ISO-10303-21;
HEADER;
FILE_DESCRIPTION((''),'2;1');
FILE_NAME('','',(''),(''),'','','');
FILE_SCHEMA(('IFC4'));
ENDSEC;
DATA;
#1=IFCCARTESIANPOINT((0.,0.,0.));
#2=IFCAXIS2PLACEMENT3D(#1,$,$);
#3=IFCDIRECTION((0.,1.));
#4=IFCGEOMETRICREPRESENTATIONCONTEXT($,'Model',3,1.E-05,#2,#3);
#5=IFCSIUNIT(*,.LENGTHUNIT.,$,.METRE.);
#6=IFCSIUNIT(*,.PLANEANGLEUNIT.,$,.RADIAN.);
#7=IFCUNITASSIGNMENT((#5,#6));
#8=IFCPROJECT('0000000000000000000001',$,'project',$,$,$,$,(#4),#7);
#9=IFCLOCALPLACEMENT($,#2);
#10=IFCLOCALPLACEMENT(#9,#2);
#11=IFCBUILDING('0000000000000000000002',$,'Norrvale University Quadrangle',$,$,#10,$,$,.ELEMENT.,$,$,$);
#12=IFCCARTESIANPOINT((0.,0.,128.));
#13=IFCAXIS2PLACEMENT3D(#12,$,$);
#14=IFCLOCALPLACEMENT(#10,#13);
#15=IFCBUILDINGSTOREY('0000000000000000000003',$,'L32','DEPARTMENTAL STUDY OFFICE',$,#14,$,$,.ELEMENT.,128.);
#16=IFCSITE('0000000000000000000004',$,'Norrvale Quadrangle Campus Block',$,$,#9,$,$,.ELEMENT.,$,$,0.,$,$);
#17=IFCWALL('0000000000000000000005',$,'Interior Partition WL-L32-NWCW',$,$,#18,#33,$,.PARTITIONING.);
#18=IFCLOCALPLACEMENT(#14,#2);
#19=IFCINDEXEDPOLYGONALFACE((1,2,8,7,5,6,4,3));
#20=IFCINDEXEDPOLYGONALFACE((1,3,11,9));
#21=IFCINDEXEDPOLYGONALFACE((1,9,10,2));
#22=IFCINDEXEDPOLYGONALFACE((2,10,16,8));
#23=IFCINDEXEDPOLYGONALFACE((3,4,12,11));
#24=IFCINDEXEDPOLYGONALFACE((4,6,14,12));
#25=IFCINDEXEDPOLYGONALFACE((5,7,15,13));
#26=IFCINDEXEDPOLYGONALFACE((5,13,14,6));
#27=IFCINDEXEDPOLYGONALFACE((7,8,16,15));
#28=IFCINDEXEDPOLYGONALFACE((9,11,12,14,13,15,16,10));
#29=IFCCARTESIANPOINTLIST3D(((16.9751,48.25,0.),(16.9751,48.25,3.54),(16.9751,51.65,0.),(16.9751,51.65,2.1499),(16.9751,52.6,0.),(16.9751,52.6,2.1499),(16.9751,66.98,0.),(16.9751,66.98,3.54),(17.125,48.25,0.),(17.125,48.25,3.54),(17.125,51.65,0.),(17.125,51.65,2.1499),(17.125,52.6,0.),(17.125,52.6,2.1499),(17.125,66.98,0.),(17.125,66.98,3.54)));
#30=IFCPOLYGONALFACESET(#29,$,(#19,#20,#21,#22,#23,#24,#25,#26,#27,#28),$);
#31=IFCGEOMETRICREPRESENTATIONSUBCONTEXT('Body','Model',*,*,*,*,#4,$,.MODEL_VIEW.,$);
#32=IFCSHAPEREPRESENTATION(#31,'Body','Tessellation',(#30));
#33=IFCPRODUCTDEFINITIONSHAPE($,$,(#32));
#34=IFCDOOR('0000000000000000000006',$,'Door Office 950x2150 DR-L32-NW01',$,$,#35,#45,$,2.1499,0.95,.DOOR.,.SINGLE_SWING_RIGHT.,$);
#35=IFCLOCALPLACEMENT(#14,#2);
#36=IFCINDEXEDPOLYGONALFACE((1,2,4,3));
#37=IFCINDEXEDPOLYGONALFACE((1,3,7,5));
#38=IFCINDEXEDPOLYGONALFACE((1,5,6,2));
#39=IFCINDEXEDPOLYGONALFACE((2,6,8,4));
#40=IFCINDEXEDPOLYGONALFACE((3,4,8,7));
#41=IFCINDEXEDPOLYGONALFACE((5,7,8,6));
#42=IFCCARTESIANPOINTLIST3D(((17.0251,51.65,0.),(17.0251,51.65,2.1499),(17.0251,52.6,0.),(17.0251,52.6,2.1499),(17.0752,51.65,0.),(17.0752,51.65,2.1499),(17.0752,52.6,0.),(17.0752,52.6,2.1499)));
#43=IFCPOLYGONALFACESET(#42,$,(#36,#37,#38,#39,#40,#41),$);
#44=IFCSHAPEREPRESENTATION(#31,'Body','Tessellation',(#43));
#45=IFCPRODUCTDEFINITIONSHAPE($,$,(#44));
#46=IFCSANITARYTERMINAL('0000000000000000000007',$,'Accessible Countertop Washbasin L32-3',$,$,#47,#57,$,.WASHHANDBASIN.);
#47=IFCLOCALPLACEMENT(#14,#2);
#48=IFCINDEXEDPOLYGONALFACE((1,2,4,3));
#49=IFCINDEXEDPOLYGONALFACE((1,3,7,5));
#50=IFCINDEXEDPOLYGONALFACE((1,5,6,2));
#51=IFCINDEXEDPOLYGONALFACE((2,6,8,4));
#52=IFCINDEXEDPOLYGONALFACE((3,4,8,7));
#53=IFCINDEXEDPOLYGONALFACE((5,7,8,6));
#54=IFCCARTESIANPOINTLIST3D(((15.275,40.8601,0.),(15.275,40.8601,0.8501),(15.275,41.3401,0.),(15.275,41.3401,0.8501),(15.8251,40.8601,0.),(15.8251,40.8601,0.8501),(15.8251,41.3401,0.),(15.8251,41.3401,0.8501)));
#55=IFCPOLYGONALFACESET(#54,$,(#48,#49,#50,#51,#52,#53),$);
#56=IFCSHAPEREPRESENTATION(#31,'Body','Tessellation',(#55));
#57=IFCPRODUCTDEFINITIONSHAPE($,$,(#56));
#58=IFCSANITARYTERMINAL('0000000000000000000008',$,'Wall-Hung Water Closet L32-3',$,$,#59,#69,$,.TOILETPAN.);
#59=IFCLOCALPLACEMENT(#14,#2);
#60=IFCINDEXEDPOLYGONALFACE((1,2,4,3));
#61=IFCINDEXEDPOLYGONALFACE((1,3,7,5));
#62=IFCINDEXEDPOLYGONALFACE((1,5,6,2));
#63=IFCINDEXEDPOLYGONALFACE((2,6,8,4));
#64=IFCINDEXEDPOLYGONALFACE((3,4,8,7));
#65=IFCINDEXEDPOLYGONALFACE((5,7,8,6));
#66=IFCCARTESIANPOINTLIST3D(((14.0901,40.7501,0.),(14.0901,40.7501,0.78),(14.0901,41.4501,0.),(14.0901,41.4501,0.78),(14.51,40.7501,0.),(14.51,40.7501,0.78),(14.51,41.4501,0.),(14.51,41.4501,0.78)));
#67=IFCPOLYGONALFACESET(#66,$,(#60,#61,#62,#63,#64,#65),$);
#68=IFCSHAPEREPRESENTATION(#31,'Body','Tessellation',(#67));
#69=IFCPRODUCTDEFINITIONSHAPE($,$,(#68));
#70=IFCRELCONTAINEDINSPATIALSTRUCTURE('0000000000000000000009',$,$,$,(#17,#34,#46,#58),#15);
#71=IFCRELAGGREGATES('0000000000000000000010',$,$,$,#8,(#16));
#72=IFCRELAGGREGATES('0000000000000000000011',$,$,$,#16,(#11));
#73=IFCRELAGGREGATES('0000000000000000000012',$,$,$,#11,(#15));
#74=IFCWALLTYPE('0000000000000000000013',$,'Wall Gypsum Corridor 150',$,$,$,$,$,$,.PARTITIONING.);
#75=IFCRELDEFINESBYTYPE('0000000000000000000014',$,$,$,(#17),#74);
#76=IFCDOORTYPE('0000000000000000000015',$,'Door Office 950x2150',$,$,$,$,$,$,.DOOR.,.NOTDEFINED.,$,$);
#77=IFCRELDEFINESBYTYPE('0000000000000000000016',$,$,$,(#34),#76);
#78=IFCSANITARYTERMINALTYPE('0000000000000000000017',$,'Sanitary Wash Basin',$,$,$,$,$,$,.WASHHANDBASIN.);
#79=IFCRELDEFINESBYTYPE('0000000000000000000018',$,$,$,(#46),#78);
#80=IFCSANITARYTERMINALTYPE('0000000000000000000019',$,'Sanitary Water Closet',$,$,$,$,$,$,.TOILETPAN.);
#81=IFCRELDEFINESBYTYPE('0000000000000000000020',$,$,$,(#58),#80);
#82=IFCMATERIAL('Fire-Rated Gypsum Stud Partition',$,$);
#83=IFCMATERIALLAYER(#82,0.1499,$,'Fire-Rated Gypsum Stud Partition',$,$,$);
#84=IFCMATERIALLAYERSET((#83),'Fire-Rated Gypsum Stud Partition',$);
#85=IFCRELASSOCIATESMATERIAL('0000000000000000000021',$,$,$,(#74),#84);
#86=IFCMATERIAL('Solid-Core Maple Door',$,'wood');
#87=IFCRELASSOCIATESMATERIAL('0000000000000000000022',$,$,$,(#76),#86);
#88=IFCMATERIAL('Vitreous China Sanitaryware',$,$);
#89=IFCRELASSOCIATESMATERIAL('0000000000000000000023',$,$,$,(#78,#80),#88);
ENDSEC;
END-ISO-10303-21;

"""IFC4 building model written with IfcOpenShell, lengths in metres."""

from ifc_helpers import new_model, si_unit, direction, frame, frame_2d, origin, origin_2d, place, context, subcontext, project, spatial, rectangle, extrude, material, layer, layer_set, type_object, element, fill, save


model = new_model("IFC4")

# Units and contexts
model_context = context("Model", 3, precision=1e-05, world=origin(), true_north=direction((0.0, 1.0)))
body_context = subcontext(model_context, "Body", "Model", "MODEL_VIEW")
ifc_project = project(units=[si_unit("LENGTHUNIT", "METRE"), si_unit("PLANEANGLEUNIT", "RADIAN")], contexts=[model_context])

# Site, building, storey
site_placement = place(None, origin())
site = spatial("IfcSite", under=ifc_project, at=site_placement, Name="Norrvale Quadrangle Campus Block", CompositionType="ELEMENT", RefElevation=0.0)
building_placement = place(site_placement, origin())
building = spatial("IfcBuilding", under=site, at=building_placement, Name="Norrvale University Quadrangle", CompositionType="ELEMENT")
storey_placement = place(building_placement, frame((0.0, 0.0, 128.0)))
storey = spatial("IfcBuildingStorey", under=building, at=storey_placement, Name="L32", Description="DEPARTMENTAL STUDY OFFICE", CompositionType="ELEMENT", Elevation=128.0)

# Shared definitions
ifc_material_1 = material(Name="Fire-Rated Gypsum Stud Partition")
ifc_layer = layer(ifc_material_1, 0.1499, Name="Fire-Rated Gypsum Stud Partition")
ifc_layer_set = layer_set([ifc_layer], Name="Fire-Rated Gypsum Stud Partition")
wall_type = type_object("IfcWallType", Name="Wall Gypsum Corridor 150", PredefinedType="PARTITIONING", material=ifc_layer_set)

# Wall, opening, door
wall_1_placement = place(storey_placement, frame((17.05, 48.25, 0.0), z_axis=(0.0, 0.0, 1.0), x_axis=(0.0, 1.0, 0.0)))
wall_1 = element("IfcWall", 1, at=wall_1_placement, inside=storey, type_object=wall_type, Name="Interior Partition WL-L32-NWCW", PredefinedType="PARTITIONING", context=body_context, shape_type="SweptSolid", body=[
    extrude(rectangle(XDim=18.73, YDim=0.1499, at=frame_2d((9.365, 0.0))), origin(), (0.0, 0.0, 1.0), 3.54),
])
opening_placement = place(wall_1_placement, frame((3.3999, 0.0, 0.0)))
opening = element("IfcOpeningElement", 2, at=opening_placement, cuts=wall_1, PredefinedType="OPENING", context=body_context, shape_type="SweptSolid", body=[
    extrude(rectangle(XDim=0.95, YDim=2.1499, at=frame_2d((0.4751, 1.075))), frame((0.0, 0.0869, 0.0), z_axis=(0.0, -1.0, 0.0), x_axis=(1.0, 0.0, 0.0)), (0.0, 0.0, 1.0), 0.1738),
])
ifc_material_2 = material(Name="Solid-Core Maple Door", Category="wood")
door_type = type_object("IfcDoorType", Name="Door Office 950x2150", OperationType="NOTDEFINED", PredefinedType="DOOR", material=ifc_material_2)
door_placement = place(opening_placement, origin())
door = element("IfcDoor", 3, at=door_placement, inside=storey, type_object=door_type, Name="Door Office 950x2150 DR-L32-NW01", OperationType="SINGLE_SWING_RIGHT", OverallHeight=2.1499, OverallWidth=0.95, PredefinedType="DOOR", context=body_context, shape_type="SweptSolid", body=[
    extrude(rectangle(XDim=0.95, YDim=2.1499, at=frame_2d((0.4751, 1.075))), frame((0.0, 0.0249, 0.0), z_axis=(0.0, -1.0, 0.0), x_axis=(1.0, 0.0, 0.0)), (0.0, 0.0, 1.0), 0.05),
])
fill(opening, door)

# Sanitary terminals
ifc_material_3 = material(Name="Vitreous China Sanitaryware")
sanitary_terminal_type_1 = type_object("IfcSanitaryTerminalType", Name="Sanitary Wash Basin", PredefinedType="WASHHANDBASIN", material=ifc_material_3)
sanitary_terminal_1_placement = place(storey_placement, frame((15.55, 41.1001, 0.0), z_axis=(0.0, 0.0, 1.0), x_axis=(1.0, 0.0, 0.0)))
element("IfcSanitaryTerminal", 4, at=sanitary_terminal_1_placement, inside=storey, type_object=sanitary_terminal_type_1, Name="Accessible Countertop Washbasin L32-3", PredefinedType="WASHHANDBASIN", context=body_context, shape_type="SweptSolid", body=[
    extrude(rectangle(XDim=0.55, YDim=0.48, at=origin_2d()), origin(), (0.0, 0.0, 1.0), 0.8501),
])
sanitary_terminal_type_2 = type_object("IfcSanitaryTerminalType", Name="Sanitary Water Closet", PredefinedType="TOILETPAN", material=ifc_material_3)
sanitary_terminal_2_placement = place(storey_placement, frame((14.3, 41.1001, 0.0), z_axis=(0.0, 0.0, 1.0), x_axis=(1.0, 0.0, 0.0)))
element("IfcSanitaryTerminal", 5, at=sanitary_terminal_2_placement, inside=storey, type_object=sanitary_terminal_type_2, Name="Wall-Hung Water Closet L32-3", PredefinedType="TOILETPAN", context=body_context, shape_type="SweptSolid", body=[
    extrude(rectangle(XDim=0.4199, YDim=0.7, at=origin_2d()), origin(), (0.0, 0.0, 1.0), 0.78),
])

save(model, "model.ifc")
